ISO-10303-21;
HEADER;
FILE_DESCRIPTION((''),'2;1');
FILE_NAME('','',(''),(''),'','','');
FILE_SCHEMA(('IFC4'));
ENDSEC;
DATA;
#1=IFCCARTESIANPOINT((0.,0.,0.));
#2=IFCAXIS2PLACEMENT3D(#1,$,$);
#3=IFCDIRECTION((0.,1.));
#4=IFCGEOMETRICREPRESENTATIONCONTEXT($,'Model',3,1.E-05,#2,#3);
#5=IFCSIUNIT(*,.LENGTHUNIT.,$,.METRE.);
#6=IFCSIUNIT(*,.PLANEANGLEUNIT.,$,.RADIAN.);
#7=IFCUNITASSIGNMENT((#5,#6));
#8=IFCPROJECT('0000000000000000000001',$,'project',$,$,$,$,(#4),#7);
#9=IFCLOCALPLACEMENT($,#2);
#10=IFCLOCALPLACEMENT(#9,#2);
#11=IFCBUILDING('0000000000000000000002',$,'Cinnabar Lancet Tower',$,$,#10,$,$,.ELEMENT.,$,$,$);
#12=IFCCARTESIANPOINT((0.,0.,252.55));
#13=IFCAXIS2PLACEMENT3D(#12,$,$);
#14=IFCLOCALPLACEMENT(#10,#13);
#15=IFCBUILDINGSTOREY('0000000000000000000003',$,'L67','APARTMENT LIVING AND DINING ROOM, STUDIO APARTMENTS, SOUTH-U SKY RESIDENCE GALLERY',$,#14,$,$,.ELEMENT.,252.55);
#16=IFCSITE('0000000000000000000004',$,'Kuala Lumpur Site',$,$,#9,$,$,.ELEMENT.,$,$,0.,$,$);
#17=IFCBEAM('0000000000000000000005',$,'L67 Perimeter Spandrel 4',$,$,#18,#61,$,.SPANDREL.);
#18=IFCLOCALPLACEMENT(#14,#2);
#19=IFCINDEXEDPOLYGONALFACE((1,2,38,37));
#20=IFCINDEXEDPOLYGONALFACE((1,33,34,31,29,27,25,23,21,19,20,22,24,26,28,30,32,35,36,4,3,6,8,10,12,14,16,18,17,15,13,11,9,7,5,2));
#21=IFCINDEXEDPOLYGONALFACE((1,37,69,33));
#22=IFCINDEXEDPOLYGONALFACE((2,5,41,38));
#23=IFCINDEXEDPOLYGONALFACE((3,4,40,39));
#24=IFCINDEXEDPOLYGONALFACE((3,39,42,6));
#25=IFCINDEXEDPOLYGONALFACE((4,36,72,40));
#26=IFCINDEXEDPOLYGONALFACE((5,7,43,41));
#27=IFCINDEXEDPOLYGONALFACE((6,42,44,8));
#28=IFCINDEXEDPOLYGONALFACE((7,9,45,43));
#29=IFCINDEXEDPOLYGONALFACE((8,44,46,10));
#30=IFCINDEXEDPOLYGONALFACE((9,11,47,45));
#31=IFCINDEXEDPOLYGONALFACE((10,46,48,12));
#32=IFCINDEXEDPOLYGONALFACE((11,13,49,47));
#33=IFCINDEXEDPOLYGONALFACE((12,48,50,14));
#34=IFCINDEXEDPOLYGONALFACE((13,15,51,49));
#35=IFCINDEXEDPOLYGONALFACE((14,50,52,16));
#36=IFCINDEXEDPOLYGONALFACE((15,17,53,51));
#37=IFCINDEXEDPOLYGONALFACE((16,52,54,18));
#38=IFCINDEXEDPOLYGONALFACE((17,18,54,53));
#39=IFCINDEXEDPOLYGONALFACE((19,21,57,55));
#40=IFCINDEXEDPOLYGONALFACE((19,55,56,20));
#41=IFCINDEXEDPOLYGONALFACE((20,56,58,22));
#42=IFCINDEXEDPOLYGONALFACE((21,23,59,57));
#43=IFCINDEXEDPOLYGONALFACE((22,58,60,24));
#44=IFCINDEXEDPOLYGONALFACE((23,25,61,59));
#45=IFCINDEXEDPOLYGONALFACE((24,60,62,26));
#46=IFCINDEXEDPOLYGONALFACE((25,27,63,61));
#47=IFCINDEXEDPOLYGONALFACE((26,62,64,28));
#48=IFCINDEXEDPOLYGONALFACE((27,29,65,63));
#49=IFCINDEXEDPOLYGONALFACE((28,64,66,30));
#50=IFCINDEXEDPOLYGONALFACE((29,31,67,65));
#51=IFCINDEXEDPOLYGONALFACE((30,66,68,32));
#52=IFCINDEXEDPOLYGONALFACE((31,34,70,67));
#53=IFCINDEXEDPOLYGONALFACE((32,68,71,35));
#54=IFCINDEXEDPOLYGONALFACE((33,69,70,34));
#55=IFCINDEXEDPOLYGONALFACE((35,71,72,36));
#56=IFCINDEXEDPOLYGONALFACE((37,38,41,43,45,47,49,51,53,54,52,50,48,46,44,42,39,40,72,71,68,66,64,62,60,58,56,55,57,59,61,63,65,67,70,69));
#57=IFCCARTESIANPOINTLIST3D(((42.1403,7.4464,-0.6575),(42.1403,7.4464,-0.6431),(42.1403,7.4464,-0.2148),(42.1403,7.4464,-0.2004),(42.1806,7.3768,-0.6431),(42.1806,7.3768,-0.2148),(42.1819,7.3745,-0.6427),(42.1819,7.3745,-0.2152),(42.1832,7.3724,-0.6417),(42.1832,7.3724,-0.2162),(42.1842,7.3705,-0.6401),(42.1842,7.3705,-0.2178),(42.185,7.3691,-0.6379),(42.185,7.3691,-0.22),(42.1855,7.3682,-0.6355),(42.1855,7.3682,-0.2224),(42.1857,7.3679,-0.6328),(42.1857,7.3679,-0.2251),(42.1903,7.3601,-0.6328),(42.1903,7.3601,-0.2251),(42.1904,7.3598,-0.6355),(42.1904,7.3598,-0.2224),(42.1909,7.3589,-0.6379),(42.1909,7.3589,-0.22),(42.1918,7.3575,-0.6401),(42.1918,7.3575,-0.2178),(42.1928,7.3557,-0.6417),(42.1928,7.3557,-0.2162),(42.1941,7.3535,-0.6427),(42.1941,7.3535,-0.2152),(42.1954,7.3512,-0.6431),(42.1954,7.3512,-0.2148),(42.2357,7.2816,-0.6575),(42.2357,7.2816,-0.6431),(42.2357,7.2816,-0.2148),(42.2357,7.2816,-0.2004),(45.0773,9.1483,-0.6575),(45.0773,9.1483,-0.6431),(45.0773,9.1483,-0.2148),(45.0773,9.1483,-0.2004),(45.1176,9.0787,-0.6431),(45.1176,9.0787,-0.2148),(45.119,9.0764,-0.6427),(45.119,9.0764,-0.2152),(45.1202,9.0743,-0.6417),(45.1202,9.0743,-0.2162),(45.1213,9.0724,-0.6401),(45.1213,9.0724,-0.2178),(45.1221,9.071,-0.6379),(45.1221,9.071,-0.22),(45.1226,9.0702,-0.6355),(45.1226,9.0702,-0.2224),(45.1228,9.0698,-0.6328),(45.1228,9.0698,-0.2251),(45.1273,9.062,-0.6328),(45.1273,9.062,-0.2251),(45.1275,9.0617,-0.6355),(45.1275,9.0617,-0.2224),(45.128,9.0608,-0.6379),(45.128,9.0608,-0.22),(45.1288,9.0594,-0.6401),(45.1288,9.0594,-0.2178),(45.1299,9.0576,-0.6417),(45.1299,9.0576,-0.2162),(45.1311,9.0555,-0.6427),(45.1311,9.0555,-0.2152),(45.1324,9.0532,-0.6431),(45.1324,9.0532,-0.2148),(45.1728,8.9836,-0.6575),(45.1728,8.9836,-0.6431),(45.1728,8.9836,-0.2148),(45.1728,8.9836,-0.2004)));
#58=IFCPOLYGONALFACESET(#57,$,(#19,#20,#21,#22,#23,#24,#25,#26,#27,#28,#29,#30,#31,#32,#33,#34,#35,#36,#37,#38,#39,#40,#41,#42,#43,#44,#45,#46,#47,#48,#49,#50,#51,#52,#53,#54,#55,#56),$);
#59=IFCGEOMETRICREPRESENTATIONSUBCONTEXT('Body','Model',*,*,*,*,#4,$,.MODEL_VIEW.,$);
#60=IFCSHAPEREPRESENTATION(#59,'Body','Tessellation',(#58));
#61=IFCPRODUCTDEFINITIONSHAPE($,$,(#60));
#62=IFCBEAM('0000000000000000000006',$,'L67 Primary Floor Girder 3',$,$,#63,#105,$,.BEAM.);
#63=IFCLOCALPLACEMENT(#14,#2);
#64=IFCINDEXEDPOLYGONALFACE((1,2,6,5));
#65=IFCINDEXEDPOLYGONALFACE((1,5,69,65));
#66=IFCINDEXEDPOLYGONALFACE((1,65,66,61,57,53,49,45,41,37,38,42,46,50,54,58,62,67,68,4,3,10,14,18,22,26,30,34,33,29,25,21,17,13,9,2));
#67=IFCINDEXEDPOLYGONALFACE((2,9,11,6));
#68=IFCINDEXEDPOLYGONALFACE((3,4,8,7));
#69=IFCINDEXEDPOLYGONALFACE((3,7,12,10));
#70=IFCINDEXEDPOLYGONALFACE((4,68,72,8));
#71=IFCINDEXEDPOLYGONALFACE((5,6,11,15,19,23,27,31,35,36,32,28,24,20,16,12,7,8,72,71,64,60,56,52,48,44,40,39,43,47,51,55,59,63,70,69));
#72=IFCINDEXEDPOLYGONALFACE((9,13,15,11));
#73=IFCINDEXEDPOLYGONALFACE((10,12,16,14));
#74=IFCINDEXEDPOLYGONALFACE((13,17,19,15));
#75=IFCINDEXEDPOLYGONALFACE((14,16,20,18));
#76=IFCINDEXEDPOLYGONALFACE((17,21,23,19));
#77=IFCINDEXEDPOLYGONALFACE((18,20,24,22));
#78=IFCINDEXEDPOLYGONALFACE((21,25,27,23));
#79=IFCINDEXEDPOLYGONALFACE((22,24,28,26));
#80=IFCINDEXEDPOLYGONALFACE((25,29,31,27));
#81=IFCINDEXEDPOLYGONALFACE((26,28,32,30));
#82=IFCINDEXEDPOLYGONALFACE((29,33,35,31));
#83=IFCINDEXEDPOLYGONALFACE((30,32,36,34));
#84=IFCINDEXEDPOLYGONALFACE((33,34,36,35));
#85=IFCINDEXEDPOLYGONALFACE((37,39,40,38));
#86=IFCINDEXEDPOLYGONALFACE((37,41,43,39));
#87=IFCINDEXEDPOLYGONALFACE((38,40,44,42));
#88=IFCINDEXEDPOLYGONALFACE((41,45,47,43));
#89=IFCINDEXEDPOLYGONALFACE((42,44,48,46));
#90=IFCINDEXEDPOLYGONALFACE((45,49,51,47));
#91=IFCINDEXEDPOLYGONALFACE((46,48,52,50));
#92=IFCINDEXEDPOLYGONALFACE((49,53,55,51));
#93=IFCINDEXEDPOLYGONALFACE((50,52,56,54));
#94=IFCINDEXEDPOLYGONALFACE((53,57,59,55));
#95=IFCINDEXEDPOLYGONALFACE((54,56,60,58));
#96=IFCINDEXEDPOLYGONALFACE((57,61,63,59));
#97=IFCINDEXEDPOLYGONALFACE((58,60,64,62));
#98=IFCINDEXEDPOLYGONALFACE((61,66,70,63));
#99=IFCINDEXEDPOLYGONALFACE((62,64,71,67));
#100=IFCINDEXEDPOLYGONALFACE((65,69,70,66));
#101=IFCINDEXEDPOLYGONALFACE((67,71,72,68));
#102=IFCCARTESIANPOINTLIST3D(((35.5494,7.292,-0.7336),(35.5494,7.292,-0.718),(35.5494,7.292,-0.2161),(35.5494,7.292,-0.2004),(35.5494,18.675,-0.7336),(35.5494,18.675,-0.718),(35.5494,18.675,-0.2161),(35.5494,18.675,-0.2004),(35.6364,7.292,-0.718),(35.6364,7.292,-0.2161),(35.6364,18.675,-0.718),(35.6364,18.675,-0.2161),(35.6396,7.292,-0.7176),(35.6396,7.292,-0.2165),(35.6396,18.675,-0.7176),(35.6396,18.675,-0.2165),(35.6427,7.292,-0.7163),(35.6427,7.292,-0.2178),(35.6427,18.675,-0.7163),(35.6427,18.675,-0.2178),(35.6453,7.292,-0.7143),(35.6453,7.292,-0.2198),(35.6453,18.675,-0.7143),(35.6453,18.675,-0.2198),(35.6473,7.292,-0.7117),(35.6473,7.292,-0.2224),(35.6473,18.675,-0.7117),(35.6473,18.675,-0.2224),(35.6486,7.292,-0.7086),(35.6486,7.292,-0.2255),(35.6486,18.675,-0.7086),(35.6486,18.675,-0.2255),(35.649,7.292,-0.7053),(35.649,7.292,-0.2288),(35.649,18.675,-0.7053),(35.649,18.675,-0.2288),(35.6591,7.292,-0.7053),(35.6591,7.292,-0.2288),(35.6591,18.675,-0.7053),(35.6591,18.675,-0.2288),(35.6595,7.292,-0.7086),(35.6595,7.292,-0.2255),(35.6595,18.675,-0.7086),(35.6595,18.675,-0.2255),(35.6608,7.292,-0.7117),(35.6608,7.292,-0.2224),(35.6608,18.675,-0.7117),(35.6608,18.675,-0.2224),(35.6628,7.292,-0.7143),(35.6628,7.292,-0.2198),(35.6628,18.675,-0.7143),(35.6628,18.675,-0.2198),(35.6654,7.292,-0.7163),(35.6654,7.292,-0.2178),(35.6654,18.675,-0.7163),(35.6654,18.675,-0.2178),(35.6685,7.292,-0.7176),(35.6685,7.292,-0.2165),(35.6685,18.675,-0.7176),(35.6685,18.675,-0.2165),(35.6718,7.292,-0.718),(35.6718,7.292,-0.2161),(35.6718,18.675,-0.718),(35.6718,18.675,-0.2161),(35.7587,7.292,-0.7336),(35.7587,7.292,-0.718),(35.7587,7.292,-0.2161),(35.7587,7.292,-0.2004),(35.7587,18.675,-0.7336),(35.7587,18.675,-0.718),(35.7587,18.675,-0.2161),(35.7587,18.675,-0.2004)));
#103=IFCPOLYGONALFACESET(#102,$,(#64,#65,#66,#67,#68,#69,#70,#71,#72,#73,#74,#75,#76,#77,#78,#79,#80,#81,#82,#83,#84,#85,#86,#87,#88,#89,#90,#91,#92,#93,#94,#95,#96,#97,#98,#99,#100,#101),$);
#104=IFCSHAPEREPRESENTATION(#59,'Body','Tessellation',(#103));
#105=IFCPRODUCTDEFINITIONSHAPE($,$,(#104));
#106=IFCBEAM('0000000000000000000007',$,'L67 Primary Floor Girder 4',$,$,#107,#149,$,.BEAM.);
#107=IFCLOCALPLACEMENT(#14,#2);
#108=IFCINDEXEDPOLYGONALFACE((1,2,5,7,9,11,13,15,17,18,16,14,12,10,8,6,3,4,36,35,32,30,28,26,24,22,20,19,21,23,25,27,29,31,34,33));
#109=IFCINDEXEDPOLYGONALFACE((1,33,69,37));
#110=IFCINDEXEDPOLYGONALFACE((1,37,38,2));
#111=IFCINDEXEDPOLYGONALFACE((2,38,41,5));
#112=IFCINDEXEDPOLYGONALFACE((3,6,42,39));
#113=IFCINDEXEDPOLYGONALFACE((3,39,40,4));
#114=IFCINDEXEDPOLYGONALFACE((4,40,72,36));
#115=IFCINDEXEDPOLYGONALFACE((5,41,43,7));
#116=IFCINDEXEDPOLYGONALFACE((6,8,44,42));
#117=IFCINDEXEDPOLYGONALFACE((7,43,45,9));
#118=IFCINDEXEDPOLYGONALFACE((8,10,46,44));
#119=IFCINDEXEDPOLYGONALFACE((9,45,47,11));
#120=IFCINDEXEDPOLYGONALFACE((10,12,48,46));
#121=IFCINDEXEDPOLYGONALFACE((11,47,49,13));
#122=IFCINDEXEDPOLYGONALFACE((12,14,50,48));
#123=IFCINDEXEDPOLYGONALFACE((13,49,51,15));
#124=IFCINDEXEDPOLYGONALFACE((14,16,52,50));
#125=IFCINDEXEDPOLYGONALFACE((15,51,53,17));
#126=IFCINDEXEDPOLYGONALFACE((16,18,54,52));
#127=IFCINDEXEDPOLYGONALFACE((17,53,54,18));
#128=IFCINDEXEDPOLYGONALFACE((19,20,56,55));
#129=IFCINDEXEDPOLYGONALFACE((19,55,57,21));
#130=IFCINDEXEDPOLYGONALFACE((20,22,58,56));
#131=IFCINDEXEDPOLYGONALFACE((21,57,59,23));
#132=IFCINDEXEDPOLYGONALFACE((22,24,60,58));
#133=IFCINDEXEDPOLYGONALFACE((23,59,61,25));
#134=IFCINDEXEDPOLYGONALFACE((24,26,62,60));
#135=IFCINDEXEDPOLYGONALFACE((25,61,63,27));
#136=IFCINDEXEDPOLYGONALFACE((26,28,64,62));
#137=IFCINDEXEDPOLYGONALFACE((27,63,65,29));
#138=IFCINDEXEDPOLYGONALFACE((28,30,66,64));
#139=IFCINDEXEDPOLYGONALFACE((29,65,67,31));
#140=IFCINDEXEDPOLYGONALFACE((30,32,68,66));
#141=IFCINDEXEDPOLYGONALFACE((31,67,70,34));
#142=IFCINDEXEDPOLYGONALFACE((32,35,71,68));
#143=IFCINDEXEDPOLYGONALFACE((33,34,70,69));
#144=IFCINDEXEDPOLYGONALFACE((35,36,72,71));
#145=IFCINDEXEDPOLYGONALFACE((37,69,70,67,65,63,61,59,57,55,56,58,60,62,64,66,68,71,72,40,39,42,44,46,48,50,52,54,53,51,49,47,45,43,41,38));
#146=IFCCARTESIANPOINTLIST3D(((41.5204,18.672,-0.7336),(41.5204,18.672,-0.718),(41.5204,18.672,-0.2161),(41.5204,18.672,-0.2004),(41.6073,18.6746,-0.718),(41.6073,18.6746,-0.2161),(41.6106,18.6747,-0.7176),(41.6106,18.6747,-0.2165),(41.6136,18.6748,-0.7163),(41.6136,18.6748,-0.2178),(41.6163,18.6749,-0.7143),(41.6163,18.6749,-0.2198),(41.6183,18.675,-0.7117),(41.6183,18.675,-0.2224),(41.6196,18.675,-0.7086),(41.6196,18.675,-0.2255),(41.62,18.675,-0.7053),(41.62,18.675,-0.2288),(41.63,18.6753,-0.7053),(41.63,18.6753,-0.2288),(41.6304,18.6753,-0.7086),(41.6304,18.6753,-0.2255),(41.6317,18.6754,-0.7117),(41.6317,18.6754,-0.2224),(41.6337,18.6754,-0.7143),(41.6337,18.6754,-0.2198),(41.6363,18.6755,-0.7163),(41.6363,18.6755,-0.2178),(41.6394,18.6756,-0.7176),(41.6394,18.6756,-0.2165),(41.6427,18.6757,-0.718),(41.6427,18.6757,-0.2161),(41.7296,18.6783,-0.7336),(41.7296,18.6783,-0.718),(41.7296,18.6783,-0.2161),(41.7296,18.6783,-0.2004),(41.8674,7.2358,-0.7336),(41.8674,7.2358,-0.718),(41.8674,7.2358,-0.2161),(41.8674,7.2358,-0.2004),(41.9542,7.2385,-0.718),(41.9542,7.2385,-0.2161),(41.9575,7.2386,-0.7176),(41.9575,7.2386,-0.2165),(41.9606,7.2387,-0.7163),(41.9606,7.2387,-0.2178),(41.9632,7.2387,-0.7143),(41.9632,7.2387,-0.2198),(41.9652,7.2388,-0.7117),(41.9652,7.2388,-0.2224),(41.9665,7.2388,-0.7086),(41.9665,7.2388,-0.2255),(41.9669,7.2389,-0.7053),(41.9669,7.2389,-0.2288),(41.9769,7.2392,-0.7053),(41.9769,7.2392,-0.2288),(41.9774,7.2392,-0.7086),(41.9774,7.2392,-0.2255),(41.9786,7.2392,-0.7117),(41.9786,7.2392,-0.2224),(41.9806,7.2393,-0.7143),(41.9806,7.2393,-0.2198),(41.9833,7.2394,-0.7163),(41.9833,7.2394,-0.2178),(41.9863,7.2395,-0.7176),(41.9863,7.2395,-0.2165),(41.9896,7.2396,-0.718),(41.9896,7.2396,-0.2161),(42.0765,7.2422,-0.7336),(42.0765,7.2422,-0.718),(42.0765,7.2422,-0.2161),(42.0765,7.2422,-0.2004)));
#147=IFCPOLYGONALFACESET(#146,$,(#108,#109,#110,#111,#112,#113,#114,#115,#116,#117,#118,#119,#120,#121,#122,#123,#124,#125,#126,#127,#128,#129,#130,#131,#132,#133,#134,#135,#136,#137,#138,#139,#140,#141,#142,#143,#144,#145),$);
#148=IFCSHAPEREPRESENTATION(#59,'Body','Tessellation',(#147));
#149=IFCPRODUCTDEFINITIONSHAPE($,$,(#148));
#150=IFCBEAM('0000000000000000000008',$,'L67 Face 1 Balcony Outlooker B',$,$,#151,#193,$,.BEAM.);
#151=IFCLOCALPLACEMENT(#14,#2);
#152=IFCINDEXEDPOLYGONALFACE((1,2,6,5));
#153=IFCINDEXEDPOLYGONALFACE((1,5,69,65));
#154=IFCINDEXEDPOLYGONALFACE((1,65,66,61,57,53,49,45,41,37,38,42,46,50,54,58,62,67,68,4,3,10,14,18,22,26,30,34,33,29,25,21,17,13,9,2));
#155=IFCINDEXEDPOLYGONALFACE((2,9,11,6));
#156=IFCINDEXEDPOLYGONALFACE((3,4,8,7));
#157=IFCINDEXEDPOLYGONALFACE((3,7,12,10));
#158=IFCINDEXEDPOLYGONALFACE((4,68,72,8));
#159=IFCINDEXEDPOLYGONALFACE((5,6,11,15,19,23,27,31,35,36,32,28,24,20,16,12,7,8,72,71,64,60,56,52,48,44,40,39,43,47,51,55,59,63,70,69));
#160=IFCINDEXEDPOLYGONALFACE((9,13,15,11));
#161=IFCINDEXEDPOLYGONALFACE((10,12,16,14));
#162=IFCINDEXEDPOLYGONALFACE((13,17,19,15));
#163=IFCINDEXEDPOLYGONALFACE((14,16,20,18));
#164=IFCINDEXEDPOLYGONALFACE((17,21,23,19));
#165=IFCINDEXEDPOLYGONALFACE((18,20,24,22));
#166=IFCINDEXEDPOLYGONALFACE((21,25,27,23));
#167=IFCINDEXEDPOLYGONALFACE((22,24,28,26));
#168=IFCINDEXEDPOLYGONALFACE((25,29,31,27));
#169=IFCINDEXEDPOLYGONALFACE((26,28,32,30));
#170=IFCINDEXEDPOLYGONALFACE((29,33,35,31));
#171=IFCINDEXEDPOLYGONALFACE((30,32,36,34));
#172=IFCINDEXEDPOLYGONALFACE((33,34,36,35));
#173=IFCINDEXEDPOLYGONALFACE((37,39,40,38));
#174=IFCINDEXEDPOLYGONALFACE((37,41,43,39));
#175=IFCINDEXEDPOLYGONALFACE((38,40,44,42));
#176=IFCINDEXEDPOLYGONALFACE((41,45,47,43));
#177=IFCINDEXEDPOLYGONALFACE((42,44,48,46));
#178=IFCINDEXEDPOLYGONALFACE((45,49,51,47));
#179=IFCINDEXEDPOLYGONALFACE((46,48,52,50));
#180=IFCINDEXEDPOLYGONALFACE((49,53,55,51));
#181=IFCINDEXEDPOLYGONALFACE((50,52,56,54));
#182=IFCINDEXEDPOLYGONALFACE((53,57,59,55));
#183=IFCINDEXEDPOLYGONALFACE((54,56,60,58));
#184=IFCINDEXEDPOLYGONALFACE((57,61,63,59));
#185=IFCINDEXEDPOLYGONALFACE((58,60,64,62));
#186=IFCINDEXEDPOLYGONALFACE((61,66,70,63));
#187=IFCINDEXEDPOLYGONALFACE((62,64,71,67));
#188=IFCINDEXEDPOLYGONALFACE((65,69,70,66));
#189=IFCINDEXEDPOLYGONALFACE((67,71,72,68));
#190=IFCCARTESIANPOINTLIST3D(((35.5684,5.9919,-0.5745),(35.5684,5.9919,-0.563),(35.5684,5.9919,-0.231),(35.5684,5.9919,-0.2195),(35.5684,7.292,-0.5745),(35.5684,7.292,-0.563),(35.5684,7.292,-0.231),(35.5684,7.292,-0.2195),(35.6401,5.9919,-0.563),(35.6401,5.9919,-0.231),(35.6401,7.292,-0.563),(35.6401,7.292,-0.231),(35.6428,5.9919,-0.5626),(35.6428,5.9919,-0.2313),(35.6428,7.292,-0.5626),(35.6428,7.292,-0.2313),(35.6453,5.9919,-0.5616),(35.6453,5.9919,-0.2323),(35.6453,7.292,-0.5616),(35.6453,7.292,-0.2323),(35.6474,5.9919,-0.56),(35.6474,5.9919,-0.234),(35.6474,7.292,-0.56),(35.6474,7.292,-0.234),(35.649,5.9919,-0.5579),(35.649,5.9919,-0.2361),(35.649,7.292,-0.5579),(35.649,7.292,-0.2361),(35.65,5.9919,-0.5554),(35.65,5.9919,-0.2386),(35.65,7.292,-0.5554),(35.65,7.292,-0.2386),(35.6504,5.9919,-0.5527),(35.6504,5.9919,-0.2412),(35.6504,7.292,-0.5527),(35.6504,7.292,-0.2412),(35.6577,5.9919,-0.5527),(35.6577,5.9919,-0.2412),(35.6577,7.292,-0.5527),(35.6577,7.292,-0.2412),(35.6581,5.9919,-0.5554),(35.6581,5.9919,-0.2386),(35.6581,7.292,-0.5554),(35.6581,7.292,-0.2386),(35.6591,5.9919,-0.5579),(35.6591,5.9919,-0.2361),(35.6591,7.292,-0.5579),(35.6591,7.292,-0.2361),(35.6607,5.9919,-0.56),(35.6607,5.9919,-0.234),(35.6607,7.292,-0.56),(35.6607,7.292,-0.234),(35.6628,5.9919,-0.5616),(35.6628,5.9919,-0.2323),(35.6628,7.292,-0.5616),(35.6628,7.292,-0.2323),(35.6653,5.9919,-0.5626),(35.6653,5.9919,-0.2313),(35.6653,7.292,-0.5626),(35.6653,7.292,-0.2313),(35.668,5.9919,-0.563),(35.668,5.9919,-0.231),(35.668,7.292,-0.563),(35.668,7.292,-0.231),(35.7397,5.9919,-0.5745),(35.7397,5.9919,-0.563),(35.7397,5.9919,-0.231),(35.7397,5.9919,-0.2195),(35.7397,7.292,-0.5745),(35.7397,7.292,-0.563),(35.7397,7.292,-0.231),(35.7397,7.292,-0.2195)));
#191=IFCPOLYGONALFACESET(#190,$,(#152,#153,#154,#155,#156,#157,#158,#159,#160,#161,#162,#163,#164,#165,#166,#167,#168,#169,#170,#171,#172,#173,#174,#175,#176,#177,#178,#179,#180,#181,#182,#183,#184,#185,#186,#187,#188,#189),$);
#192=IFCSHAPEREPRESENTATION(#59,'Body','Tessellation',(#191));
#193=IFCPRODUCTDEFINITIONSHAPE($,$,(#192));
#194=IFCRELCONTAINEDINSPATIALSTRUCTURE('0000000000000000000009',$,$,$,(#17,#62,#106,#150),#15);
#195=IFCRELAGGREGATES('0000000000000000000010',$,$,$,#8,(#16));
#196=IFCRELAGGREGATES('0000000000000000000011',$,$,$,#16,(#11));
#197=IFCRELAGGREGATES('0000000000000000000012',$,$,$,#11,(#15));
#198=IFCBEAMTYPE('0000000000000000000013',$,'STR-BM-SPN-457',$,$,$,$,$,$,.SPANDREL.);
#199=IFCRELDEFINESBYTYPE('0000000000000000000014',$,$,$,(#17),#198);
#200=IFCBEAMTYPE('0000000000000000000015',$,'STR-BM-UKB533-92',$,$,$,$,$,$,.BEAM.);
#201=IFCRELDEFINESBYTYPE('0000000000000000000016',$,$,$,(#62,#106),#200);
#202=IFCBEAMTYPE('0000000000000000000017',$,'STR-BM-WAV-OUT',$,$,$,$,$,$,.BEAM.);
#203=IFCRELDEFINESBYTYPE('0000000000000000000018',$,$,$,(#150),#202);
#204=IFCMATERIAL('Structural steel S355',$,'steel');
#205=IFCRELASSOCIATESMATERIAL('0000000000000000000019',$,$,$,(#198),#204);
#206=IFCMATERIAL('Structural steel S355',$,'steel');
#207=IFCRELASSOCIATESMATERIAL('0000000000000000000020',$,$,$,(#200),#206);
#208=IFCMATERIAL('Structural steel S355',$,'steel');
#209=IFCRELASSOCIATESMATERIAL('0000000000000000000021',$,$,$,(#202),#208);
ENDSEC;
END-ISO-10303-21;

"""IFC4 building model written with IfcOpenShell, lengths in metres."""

from ifc_helpers import new_model, si_unit, direction, frame, origin, origin_2d, place, context, subcontext, project, spatial, i_section, extrude, material, material_profile, profile_set, type_object, element, save


model = new_model("IFC4")

# Units and contexts
model_context = context("Model", 3, precision=1e-05, world=origin(), true_north=direction((0.0, 1.0)))
body_context = subcontext(model_context, "Body", "Model", "MODEL_VIEW")
ifc_project = project(units=[si_unit("LENGTHUNIT", "METRE"), si_unit("PLANEANGLEUNIT", "RADIAN")], contexts=[model_context])

# Site, building, storey
site_placement = place(None, origin())
site = spatial("IfcSite", under=ifc_project, at=site_placement, Name="Kuala Lumpur Site", CompositionType="ELEMENT", RefElevation=0.0)
building_placement = place(site_placement, origin())
building = spatial("IfcBuilding", under=site, at=building_placement, Name="Cinnabar Lancet Tower", CompositionType="ELEMENT")
storey_placement = place(building_placement, frame((0.0, 0.0, 252.55)))
storey = spatial("IfcBuildingStorey", under=building, at=storey_placement, Name="L67", Description="APARTMENT LIVING AND DINING ROOM, STUDIO APARTMENTS, SOUTH-U SKY RESIDENCE GALLERY", CompositionType="ELEMENT", Elevation=252.55)

# Beams
ifc_material_1 = material(Name="Structural steel S355", Category="steel")
ifc_material_profile_1 = material_profile(ifc_material_1, i_section(OverallWidth=0.1904, OverallDepth=0.457, WebThickness=0.009, FlangeThickness=0.0144, FilletRadius=0.0103, at=origin_2d()), Name="UKB 457x191x74")
ifc_profile_set_1 = profile_set([ifc_material_profile_1], Name="Structural steel S355")
beam_type_1 = type_object("IfcBeamType", Name="STR-BM-SPN-457", PredefinedType="SPANDREL", material=ifc_profile_set_1)
beam_1_placement = place(storey_placement, frame((42.188, 7.364, -0.429), z_axis=(0.865231, 0.501374, 0.0), x_axis=(-0.501374, 0.865231, 0.0)))
element("IfcBeam", 1, at=beam_1_placement, inside=storey, type_object=beam_type_1, Name="L67 Perimeter Spandrel 4", PredefinedType="SPANDREL", context=body_context, shape_type="SweptSolid", body=[
    extrude(i_section(OverallWidth=0.1904, OverallDepth=0.457, WebThickness=0.009, FlangeThickness=0.0144, FilletRadius=0.0103, at=origin_2d()), origin(), (0.0, 0.0, 1.0), 3.3945),
])
ifc_material_2 = material(Name="Structural steel S355", Category="steel")
ifc_material_profile_2 = material_profile(ifc_material_2, i_section(OverallWidth=0.2092, OverallDepth=0.5332, WebThickness=0.01, FlangeThickness=0.0156, FilletRadius=0.0127, at=origin_2d()), Name="UKB 533x210x92")
ifc_profile_set_2 = profile_set([ifc_material_profile_2], Name="Structural steel S355")
beam_type_2 = type_object("IfcBeamType", Name="STR-BM-UKB533-92", PredefinedType="BEAM", material=ifc_profile_set_2)
beam_2_placement = place(storey_placement, frame((35.6541, 7.292, -0.467), z_axis=(0.0, 1.0, 0.0), x_axis=(-1.0, 0.0, 0.0)))
element("IfcBeam", 2, at=beam_2_placement, inside=storey, type_object=beam_type_2, Name="L67 Primary Floor Girder 3", PredefinedType="BEAM", context=body_context, shape_type="SweptSolid", body=[
    extrude(i_section(OverallWidth=0.2092, OverallDepth=0.5332, WebThickness=0.01, FlangeThickness=0.0156, FilletRadius=0.0127, at=origin_2d()), origin(), (0.0, 0.0, 1.0), 11.3831),
])
beam_3_placement = place(storey_placement, frame((41.9719, 7.239, -0.467), z_axis=(-0.030322, 0.99954, 0.0), x_axis=(-0.99954, -0.030322, 0.0)))
element("IfcBeam", 3, at=beam_3_placement, inside=storey, type_object=beam_type_2, Name="L67 Primary Floor Girder 4", PredefinedType="BEAM", context=body_context, shape_type="SweptSolid", body=[
    extrude(i_section(OverallWidth=0.2092, OverallDepth=0.5332, WebThickness=0.01, FlangeThickness=0.0156, FilletRadius=0.0127, at=origin_2d()), origin(), (0.0, 0.0, 1.0), 11.4414),
])
ifc_material_3 = material(Name="Structural steel S355", Category="steel")
ifc_material_profile_3 = material_profile(ifc_material_3, i_section(OverallWidth=0.1714, OverallDepth=0.355, WebThickness=0.0073, FlangeThickness=0.0115, FilletRadius=0.0103, at=origin_2d()), Name="UKB 356x171x51")
ifc_profile_set_3 = profile_set([ifc_material_profile_3], Name="Structural steel S355")
beam_type_3 = type_object("IfcBeamType", Name="STR-BM-WAV-OUT", PredefinedType="BEAM", material=ifc_profile_set_3)
beam_4_placement = place(storey_placement, frame((35.6541, 7.292, -0.397), z_axis=(0.0, -1.0, 0.0), x_axis=(1.0, 0.0, 0.0)))
element("IfcBeam", 4, at=beam_4_placement, inside=storey, type_object=beam_type_3, Name="L67 Face 1 Balcony Outlooker B", PredefinedType="BEAM", context=body_context, shape_type="SweptSolid", body=[
    extrude(i_section(OverallWidth=0.1714, OverallDepth=0.355, WebThickness=0.0073, FlangeThickness=0.0115, FilletRadius=0.0103, at=origin_2d()), origin(), (0.0, 0.0, 1.0), 1.3),
])

save(model, "model.ifc")
